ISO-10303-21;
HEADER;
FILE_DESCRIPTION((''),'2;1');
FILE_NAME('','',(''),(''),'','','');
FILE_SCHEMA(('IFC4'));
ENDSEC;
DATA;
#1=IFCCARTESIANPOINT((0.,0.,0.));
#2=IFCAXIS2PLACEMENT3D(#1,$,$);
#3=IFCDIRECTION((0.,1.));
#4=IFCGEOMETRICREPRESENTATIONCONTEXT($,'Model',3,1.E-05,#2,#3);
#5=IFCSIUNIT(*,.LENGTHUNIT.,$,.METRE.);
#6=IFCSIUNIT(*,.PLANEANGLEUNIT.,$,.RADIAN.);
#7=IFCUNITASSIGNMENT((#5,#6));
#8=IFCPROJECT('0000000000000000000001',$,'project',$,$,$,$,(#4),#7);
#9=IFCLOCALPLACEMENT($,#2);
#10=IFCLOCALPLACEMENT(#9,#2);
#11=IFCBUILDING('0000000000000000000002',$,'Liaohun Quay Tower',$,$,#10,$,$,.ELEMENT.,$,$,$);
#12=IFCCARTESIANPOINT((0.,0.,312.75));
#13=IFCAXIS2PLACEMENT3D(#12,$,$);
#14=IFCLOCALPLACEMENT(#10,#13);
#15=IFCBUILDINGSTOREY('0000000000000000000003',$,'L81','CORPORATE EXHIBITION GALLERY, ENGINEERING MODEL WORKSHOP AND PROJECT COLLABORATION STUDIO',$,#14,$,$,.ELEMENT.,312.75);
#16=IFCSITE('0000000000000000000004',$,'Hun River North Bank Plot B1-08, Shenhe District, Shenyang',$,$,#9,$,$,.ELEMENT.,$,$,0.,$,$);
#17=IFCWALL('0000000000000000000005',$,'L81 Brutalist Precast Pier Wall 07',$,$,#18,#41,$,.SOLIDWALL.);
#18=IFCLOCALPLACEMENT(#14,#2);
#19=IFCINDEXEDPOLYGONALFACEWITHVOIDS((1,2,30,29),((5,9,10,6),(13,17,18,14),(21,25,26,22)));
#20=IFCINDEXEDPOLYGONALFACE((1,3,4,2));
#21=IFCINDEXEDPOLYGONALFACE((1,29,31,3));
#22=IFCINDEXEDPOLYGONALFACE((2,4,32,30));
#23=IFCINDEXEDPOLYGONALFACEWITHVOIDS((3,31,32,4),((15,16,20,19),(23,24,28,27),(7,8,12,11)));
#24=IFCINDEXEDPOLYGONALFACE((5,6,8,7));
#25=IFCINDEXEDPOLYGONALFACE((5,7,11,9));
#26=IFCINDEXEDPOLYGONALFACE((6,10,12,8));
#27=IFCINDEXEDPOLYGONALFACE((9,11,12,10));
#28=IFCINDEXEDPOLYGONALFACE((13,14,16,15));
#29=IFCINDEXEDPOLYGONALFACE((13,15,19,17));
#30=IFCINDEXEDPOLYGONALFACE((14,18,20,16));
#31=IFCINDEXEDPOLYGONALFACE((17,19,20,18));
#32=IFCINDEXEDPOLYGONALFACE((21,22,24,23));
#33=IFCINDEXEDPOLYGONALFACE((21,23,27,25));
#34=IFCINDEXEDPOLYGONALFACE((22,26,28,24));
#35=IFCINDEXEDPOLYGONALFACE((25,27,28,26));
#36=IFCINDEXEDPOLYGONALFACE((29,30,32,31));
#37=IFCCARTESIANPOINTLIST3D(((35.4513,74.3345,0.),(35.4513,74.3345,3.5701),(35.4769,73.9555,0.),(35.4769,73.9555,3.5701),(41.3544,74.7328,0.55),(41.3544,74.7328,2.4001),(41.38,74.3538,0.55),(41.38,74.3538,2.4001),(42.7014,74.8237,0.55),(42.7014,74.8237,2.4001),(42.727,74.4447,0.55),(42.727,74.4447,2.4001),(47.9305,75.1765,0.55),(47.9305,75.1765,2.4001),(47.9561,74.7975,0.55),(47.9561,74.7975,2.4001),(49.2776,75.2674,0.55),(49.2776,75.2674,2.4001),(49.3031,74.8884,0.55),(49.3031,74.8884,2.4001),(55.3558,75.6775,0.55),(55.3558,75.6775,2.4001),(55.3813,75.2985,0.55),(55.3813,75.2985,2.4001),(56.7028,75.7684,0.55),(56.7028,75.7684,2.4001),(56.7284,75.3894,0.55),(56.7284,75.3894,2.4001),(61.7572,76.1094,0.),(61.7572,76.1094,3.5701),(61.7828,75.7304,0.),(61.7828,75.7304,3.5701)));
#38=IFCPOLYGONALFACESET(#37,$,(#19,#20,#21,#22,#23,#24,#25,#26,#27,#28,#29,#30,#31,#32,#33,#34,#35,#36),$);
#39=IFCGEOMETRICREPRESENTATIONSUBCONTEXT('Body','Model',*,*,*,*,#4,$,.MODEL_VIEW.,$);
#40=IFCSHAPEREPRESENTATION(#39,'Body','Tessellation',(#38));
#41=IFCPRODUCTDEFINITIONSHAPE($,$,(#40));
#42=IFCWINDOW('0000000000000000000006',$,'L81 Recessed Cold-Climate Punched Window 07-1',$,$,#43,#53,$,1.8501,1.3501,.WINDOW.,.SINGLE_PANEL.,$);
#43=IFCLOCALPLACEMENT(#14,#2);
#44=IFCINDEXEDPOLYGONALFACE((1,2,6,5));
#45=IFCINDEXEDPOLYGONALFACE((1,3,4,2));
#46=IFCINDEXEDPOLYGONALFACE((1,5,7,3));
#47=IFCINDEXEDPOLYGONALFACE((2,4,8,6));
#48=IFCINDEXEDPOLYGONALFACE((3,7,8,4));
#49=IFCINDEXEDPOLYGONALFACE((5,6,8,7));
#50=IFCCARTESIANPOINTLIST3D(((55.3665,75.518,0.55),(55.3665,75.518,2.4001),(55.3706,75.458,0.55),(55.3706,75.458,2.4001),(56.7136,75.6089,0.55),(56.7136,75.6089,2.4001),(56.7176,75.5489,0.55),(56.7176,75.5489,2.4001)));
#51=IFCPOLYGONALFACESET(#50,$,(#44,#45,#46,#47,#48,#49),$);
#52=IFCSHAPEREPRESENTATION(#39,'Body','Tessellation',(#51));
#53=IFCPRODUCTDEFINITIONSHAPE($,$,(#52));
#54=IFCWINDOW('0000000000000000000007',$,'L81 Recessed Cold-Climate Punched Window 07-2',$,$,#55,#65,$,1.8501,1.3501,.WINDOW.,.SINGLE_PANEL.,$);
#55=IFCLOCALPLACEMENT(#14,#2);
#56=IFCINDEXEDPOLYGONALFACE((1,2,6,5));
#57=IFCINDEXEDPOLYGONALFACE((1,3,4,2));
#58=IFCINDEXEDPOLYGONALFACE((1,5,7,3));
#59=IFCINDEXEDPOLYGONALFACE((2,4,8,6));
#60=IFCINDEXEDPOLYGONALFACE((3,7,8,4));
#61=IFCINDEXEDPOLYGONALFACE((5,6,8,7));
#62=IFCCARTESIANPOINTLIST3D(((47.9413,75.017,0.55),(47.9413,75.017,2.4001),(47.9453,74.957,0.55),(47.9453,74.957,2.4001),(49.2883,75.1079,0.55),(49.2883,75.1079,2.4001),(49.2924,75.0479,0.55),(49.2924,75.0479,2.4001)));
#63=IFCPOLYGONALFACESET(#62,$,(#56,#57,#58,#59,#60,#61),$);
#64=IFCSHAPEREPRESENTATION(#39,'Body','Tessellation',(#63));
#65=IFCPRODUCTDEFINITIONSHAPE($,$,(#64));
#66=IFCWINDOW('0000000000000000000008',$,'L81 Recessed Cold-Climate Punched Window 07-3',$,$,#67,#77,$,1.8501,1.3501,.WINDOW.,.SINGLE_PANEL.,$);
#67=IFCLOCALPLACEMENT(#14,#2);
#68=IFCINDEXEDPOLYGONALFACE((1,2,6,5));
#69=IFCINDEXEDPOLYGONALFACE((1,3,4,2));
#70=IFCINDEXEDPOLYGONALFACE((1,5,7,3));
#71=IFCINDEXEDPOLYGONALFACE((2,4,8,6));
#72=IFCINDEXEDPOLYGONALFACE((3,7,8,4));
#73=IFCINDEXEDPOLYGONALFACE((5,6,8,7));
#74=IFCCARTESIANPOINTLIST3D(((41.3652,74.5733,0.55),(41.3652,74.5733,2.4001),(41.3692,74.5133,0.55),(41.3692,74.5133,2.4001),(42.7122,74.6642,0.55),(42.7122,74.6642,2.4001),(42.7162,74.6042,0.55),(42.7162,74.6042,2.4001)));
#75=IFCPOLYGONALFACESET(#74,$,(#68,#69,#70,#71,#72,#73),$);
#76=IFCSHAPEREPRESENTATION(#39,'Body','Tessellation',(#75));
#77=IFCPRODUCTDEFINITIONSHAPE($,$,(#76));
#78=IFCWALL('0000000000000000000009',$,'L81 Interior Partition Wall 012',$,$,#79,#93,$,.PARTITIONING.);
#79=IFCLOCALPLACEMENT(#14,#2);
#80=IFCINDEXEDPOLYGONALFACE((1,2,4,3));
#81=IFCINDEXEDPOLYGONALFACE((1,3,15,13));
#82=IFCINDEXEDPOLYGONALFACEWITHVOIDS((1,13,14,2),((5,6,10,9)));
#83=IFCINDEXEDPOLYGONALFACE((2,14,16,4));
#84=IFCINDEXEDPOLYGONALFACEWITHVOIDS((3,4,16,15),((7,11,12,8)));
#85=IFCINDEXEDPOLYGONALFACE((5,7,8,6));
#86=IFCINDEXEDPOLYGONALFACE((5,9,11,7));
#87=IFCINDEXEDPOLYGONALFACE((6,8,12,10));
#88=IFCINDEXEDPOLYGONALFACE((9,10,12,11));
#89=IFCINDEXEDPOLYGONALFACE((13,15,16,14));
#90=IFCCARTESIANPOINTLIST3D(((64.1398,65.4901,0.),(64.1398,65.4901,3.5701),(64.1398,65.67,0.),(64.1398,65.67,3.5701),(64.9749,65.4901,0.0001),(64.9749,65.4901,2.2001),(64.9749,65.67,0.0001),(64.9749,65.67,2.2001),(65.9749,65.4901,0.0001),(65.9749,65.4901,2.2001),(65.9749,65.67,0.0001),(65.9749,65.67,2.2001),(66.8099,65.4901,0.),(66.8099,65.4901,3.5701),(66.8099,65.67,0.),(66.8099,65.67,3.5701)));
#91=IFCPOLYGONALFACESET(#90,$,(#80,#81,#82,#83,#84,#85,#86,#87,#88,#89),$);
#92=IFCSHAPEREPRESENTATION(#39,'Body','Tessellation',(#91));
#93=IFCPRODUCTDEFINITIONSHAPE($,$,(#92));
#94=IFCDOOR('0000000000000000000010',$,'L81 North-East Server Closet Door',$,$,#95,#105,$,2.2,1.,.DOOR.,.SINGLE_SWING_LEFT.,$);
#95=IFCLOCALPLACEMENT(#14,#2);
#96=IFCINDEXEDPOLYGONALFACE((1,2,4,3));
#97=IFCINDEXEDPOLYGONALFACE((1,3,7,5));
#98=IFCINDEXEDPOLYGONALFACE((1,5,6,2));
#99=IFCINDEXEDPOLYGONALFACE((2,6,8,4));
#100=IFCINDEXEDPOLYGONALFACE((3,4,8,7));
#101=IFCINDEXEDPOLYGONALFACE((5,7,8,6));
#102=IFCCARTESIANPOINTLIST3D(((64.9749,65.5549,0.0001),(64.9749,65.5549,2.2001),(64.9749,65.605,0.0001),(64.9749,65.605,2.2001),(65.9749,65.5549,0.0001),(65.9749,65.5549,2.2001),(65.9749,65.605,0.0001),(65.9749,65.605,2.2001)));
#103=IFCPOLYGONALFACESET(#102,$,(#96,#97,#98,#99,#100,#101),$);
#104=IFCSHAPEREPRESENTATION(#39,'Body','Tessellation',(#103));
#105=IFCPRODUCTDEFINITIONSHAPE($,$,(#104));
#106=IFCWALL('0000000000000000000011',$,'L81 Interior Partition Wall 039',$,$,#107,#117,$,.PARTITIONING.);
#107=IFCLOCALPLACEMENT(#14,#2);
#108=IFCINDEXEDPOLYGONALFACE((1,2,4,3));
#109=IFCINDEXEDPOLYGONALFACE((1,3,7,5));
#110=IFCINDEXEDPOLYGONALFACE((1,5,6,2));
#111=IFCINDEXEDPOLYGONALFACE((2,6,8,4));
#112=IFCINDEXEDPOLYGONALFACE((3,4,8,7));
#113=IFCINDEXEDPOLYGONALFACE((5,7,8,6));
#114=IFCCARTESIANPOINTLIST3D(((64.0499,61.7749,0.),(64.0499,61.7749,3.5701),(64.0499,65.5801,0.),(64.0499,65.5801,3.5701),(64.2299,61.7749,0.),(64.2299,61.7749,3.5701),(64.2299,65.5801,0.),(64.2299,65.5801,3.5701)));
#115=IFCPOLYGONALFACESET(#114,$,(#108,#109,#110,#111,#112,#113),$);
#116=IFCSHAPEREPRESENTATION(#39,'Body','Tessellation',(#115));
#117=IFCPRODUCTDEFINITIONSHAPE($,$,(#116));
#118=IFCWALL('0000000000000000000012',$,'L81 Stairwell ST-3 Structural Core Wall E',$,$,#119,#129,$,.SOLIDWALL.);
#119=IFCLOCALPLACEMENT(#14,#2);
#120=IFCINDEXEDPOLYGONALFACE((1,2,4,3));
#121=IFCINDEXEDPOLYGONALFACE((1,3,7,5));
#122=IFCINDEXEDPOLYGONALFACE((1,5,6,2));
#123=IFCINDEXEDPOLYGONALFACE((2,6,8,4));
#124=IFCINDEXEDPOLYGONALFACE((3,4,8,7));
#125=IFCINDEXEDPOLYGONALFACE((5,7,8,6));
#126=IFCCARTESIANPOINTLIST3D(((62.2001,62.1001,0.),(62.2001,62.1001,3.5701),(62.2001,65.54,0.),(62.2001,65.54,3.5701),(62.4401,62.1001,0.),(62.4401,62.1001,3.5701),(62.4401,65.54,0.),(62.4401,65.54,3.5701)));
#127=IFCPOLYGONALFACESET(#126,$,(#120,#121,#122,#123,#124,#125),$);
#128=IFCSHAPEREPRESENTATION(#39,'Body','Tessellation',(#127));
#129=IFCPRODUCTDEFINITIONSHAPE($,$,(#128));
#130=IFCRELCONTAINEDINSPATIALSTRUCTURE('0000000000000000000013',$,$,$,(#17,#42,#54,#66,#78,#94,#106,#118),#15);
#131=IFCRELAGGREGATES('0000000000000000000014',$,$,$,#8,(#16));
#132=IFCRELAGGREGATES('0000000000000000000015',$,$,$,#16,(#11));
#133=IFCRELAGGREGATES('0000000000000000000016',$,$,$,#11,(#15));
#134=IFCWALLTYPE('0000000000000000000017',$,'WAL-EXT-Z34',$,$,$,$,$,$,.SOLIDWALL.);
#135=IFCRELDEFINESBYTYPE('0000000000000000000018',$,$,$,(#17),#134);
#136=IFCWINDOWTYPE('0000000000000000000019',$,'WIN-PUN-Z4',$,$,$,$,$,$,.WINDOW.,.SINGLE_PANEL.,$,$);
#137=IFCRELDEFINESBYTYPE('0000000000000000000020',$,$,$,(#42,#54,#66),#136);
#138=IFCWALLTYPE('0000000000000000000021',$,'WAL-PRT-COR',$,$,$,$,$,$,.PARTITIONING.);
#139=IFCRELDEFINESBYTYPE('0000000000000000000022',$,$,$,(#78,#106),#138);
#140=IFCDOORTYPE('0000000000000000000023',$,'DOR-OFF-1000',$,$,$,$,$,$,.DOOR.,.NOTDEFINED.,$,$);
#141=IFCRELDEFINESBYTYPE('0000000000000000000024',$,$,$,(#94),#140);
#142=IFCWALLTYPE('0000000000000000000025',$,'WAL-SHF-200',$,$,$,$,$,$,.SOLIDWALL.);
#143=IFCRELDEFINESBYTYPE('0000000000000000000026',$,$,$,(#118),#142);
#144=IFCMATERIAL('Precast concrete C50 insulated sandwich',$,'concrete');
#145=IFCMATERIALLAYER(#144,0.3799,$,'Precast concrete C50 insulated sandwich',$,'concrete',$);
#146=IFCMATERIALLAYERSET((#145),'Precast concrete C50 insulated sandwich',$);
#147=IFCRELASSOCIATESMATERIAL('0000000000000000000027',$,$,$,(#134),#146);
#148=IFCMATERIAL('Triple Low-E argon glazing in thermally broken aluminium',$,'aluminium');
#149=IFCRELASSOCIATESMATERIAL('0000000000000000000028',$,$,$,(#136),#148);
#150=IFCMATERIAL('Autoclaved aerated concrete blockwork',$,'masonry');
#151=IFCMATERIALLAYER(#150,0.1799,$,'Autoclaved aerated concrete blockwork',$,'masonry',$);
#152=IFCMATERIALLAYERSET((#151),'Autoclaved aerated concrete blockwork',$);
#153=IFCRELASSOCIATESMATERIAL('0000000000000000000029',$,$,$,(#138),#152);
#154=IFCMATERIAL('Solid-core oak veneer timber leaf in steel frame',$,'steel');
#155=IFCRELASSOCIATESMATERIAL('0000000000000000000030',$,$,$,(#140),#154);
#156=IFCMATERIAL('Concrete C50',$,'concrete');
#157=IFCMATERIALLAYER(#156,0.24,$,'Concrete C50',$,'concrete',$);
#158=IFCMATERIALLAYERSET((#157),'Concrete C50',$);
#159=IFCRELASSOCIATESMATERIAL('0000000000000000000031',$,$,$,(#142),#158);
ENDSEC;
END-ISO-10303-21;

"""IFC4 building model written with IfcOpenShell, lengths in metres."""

from ifc_helpers import new_model, si_unit, direction, frame, frame_2d, origin, place, context, subcontext, project, spatial, rectangle, extrude, source, transform, mapped, material, layer, layer_set, type_object, element, fill, save


model = new_model("IFC4")

# Units and contexts
model_context = context("Model", 3, precision=1e-05, world=origin(), true_north=direction((0.0, 1.0)))
body_context = subcontext(model_context, "Body", "Model", "MODEL_VIEW")
ifc_project = project(units=[si_unit("LENGTHUNIT", "METRE"), si_unit("PLANEANGLEUNIT", "RADIAN")], contexts=[model_context])

# Site, building, storey
site_placement = place(None, origin())
site = spatial("IfcSite", under=ifc_project, at=site_placement, Name="Hun River North Bank Plot B1-08, Shenhe District, Shenyang", CompositionType="ELEMENT", RefElevation=0.0)
building_placement = place(site_placement, origin())
building = spatial("IfcBuilding", under=site, at=building_placement, Name="Liaohun Quay Tower", CompositionType="ELEMENT")
storey_placement = place(building_placement, frame((0.0, 0.0, 312.75)))
storey = spatial("IfcBuildingStorey", under=building, at=storey_placement, Name="L81", Description="CORPORATE EXHIBITION GALLERY, ENGINEERING MODEL WORKSHOP AND PROJECT COLLABORATION STUDIO", CompositionType="ELEMENT", Elevation=312.75)

# Shared definitions
ifc_material_1 = material(Name="Concrete C50", Category="concrete")

# Wall, openings, windows
ifc_material_2 = material(Name="Precast concrete C50 insulated sandwich", Category="concrete")
ifc_layer_1 = layer(ifc_material_2, 0.3799, Name="Precast concrete C50 insulated sandwich", Category="concrete")
ifc_layer_set_1 = layer_set([ifc_layer_1], Name="Precast concrete C50 insulated sandwich")
wall_type_1 = type_object("IfcWallType", Name="WAL-EXT-Z34", PredefinedType="SOLIDWALL", material=ifc_layer_set_1)
wall_1_placement = place(storey_placement, frame((61.77, 75.9199, 0.0), z_axis=(0.0, 0.0, 1.0), x_axis=(-0.997732, -0.067319, 0.0)))
wall_1 = element("IfcWall", 1, at=wall_1_placement, inside=storey, type_object=wall_type_1, Name="L81 Brutalist Precast Pier Wall 07", PredefinedType="SOLIDWALL", context=body_context, shape_type="SweptSolid", body=[
    extrude(rectangle(XDim=26.3657, YDim=0.3799, at=frame_2d((13.1829, 0.0))), origin(), (0.0, 0.0, 1.0), 3.5701),
])
shared_shape_1 = source(origin(), body_context, "Body", "SweptSolid", [
    extrude(rectangle(XDim=1.3501, YDim=1.8501, at=frame_2d((0.675, 0.925))), frame((0.0, 0.2, 0.0), z_axis=(0.0, -1.0, 0.0), x_axis=(1.0, 0.0, 0.0)), (0.0, 0.0, 1.0), 0.3999),
])
opening_1_placement = place(wall_1_placement, frame((5.0659, 0.0, 0.55)))
opening_1 = element("IfcOpeningElement", 2, at=opening_1_placement, cuts=wall_1, PredefinedType="OPENING", context=body_context, shape_type="MappedRepresentation", body=[
    mapped(shared_shape_1, transform((0.0, 0.0, 0.0), x_axis=(1.0, 0.0, 0.0), y_axis=(0.0, 1.0, 0.0), z_axis=(0.0, 0.0, 1.0), scale=1.0)),
])
opening_2_placement = place(wall_1_placement, frame((12.5081, 0.0, 0.55)))
opening_2 = element("IfcOpeningElement", 3, at=opening_2_placement, cuts=wall_1, PredefinedType="OPENING", context=body_context, shape_type="MappedRepresentation", body=[
    mapped(shared_shape_1, transform((0.0, 0.0, 0.0), x_axis=(1.0, 0.0, 0.0), y_axis=(0.0, 1.0, 0.0), z_axis=(0.0, 0.0, 1.0), scale=1.0)),
])
opening_3_placement = place(wall_1_placement, frame((19.0991, 0.0, 0.55)))
opening_3 = element("IfcOpeningElement", 4, at=opening_3_placement, cuts=wall_1, PredefinedType="OPENING", context=body_context, shape_type="MappedRepresentation", body=[
    mapped(shared_shape_1, transform((0.0, 0.0, 0.0), x_axis=(1.0, 0.0, 0.0), y_axis=(0.0, 1.0, 0.0), z_axis=(0.0, 0.0, 1.0), scale=1.0)),
])
ifc_material_3 = material(Name="Triple Low-E argon glazing in thermally broken aluminium", Category="aluminium")
window_type = type_object("IfcWindowType", Name="WIN-PUN-Z4", PartitioningType="SINGLE_PANEL", PredefinedType="WINDOW", material=ifc_material_3)
shared_shape_2 = source(origin(), body_context, "Body", "SweptSolid", [
    extrude(rectangle(XDim=1.3501, YDim=1.8501, at=frame_2d((0.675, 0.925))), frame((0.0, 0.03, 0.0), z_axis=(0.0, -1.0, 0.0), x_axis=(1.0, 0.0, 0.0)), (0.0, 0.0, 1.0), 0.0601),
])
window_1_placement = place(opening_1_placement, origin())
window_1 = element("IfcWindow", 5, at=window_1_placement, inside=storey, type_object=window_type, Name="L81 Recessed Cold-Climate Punched Window 07-1", OverallHeight=1.8501, OverallWidth=1.3501, PartitioningType="SINGLE_PANEL", PredefinedType="WINDOW", context=body_context, shape_type="MappedRepresentation", body=[
    mapped(shared_shape_2, transform((0.0, 0.0, 0.0), x_axis=(1.0, 0.0, 0.0), y_axis=(0.0, 1.0, 0.0), z_axis=(0.0, 0.0, 1.0), scale=1.0)),
])
fill(opening_1, window_1)
window_2_placement = place(opening_2_placement, origin())
window_2 = element("IfcWindow", 6, at=window_2_placement, inside=storey, type_object=window_type, Name="L81 Recessed Cold-Climate Punched Window 07-2", OverallHeight=1.8501, OverallWidth=1.3501, PartitioningType="SINGLE_PANEL", PredefinedType="WINDOW", context=body_context, shape_type="MappedRepresentation", body=[
    mapped(shared_shape_2, transform((0.0, 0.0, 0.0), x_axis=(1.0, 0.0, 0.0), y_axis=(0.0, 1.0, 0.0), z_axis=(0.0, 0.0, 1.0), scale=1.0)),
])
fill(opening_2, window_2)
window_3_placement = place(opening_3_placement, origin())
window_3 = element("IfcWindow", 7, at=window_3_placement, inside=storey, type_object=window_type, Name="L81 Recessed Cold-Climate Punched Window 07-3", OverallHeight=1.8501, OverallWidth=1.3501, PartitioningType="SINGLE_PANEL", PredefinedType="WINDOW", context=body_context, shape_type="MappedRepresentation", body=[
    mapped(shared_shape_2, transform((0.0, 0.0, 0.0), x_axis=(1.0, 0.0, 0.0), y_axis=(0.0, 1.0, 0.0), z_axis=(0.0, 0.0, 1.0), scale=1.0)),
])
fill(opening_3, window_3)

# Wall, opening, door
ifc_material_4 = material(Name="Autoclaved aerated concrete blockwork", Category="masonry")
ifc_layer_2 = layer(ifc_material_4, 0.1799, Name="Autoclaved aerated concrete blockwork", Category="masonry")
ifc_layer_set_2 = layer_set([ifc_layer_2], Name="Autoclaved aerated concrete blockwork")
wall_type_2 = type_object("IfcWallType", Name="WAL-PRT-COR", PredefinedType="PARTITIONING", material=ifc_layer_set_2)
wall_2_placement = place(storey_placement, frame((64.1399, 65.5801, 0.0), z_axis=(0.0, 0.0, 1.0), x_axis=(1.0, 0.0, 0.0)))
wall_2 = element("IfcWall", 8, at=wall_2_placement, inside=storey, type_object=wall_type_2, Name="L81 Interior Partition Wall 012", PredefinedType="PARTITIONING", context=body_context, shape_type="SweptSolid", body=[
    extrude(rectangle(XDim=2.6702, YDim=0.1799, at=frame_2d((1.335, 0.0))), origin(), (0.0, 0.0, 1.0), 3.5701),
])
shared_shape_3 = source(origin(), body_context, "Body", "SweptSolid", [
    extrude(rectangle(XDim=1.0, YDim=2.2, at=frame_2d((0.5, 1.1001))), frame((0.0, 0.0999, 0.0), z_axis=(0.0, -1.0, 0.0), x_axis=(1.0, 0.0, 0.0)), (0.0, 0.0, 1.0), 0.2),
])
opening_4_placement = place(wall_2_placement, frame((0.835, 0.0, 0.0)))
opening_4 = element("IfcOpeningElement", 9, at=opening_4_placement, cuts=wall_2, PredefinedType="OPENING", context=body_context, shape_type="MappedRepresentation", body=[
    mapped(shared_shape_3, transform((0.0, 0.0, 0.0), x_axis=(1.0, 0.0, 0.0), y_axis=(0.0, 1.0, 0.0), z_axis=(0.0, 0.0, 1.0), scale=1.0)),
])
ifc_material_5 = material(Name="Solid-core oak veneer timber leaf in steel frame", Category="steel")
door_type_1 = type_object("IfcDoorType", Name="DOR-OFF-1000", OperationType="NOTDEFINED", PredefinedType="DOOR", material=ifc_material_5)
shared_shape_4 = source(origin(), body_context, "Body", "SweptSolid", [
    extrude(rectangle(XDim=1.0, YDim=2.2, at=frame_2d((0.5, 1.1001))), frame((0.0, 0.0249, 0.0), z_axis=(0.0, -1.0, 0.0), x_axis=(1.0, 0.0, 0.0)), (0.0, 0.0, 1.0), 0.05),
])
door_1_placement = place(opening_4_placement, origin())
door_1 = element("IfcDoor", 10, at=door_1_placement, inside=storey, type_object=door_type_1, Name="L81 North-East Server Closet Door", OperationType="SINGLE_SWING_LEFT", OverallHeight=2.2, OverallWidth=1.0, PredefinedType="DOOR", context=body_context, shape_type="MappedRepresentation", body=[
    mapped(shared_shape_4, transform((0.0, 0.0, 0.0), x_axis=(1.0, 0.0, 0.0), y_axis=(0.0, 1.0, 0.0), z_axis=(0.0, 0.0, 1.0), scale=1.0)),
])
fill(opening_4, door_1)

# Walls
wall_3_placement = place(storey_placement, frame((64.1399, 61.7749, 0.0), z_axis=(0.0, 0.0, 1.0), x_axis=(0.0, 1.0, 0.0)))
element("IfcWall", 11, at=wall_3_placement, inside=storey, type_object=wall_type_2, Name="L81 Interior Partition Wall 039", PredefinedType="PARTITIONING", context=body_context, shape_type="SweptSolid", body=[
    extrude(rectangle(XDim=3.8052, YDim=0.1799, at=frame_2d((1.9026, 0.0))), origin(), (0.0, 0.0, 1.0), 3.5701),
])
ifc_layer_3 = layer(ifc_material_1, 0.24, Name="Concrete C50", Category="concrete")
ifc_layer_set_3 = layer_set([ifc_layer_3], Name="Concrete C50")
wall_type_3 = type_object("IfcWallType", Name="WAL-SHF-200", PredefinedType="SOLIDWALL", material=ifc_layer_set_3)
wall_4_placement = place(storey_placement, frame((62.3201, 62.1001, 0.0), z_axis=(0.0, 0.0, 1.0), x_axis=(0.0, 1.0, 0.0)))
element("IfcWall", 12, at=wall_4_placement, inside=storey, type_object=wall_type_3, Name="L81 Stairwell ST-3 Structural Core Wall E", PredefinedType="SOLIDWALL", context=body_context, shape_type="SweptSolid", body=[
    extrude(rectangle(XDim=3.4399, YDim=0.24, at=frame_2d((1.72, 0.0))), origin(), (0.0, 0.0, 1.0), 3.5701),
])

save(model, "model.ifc")
